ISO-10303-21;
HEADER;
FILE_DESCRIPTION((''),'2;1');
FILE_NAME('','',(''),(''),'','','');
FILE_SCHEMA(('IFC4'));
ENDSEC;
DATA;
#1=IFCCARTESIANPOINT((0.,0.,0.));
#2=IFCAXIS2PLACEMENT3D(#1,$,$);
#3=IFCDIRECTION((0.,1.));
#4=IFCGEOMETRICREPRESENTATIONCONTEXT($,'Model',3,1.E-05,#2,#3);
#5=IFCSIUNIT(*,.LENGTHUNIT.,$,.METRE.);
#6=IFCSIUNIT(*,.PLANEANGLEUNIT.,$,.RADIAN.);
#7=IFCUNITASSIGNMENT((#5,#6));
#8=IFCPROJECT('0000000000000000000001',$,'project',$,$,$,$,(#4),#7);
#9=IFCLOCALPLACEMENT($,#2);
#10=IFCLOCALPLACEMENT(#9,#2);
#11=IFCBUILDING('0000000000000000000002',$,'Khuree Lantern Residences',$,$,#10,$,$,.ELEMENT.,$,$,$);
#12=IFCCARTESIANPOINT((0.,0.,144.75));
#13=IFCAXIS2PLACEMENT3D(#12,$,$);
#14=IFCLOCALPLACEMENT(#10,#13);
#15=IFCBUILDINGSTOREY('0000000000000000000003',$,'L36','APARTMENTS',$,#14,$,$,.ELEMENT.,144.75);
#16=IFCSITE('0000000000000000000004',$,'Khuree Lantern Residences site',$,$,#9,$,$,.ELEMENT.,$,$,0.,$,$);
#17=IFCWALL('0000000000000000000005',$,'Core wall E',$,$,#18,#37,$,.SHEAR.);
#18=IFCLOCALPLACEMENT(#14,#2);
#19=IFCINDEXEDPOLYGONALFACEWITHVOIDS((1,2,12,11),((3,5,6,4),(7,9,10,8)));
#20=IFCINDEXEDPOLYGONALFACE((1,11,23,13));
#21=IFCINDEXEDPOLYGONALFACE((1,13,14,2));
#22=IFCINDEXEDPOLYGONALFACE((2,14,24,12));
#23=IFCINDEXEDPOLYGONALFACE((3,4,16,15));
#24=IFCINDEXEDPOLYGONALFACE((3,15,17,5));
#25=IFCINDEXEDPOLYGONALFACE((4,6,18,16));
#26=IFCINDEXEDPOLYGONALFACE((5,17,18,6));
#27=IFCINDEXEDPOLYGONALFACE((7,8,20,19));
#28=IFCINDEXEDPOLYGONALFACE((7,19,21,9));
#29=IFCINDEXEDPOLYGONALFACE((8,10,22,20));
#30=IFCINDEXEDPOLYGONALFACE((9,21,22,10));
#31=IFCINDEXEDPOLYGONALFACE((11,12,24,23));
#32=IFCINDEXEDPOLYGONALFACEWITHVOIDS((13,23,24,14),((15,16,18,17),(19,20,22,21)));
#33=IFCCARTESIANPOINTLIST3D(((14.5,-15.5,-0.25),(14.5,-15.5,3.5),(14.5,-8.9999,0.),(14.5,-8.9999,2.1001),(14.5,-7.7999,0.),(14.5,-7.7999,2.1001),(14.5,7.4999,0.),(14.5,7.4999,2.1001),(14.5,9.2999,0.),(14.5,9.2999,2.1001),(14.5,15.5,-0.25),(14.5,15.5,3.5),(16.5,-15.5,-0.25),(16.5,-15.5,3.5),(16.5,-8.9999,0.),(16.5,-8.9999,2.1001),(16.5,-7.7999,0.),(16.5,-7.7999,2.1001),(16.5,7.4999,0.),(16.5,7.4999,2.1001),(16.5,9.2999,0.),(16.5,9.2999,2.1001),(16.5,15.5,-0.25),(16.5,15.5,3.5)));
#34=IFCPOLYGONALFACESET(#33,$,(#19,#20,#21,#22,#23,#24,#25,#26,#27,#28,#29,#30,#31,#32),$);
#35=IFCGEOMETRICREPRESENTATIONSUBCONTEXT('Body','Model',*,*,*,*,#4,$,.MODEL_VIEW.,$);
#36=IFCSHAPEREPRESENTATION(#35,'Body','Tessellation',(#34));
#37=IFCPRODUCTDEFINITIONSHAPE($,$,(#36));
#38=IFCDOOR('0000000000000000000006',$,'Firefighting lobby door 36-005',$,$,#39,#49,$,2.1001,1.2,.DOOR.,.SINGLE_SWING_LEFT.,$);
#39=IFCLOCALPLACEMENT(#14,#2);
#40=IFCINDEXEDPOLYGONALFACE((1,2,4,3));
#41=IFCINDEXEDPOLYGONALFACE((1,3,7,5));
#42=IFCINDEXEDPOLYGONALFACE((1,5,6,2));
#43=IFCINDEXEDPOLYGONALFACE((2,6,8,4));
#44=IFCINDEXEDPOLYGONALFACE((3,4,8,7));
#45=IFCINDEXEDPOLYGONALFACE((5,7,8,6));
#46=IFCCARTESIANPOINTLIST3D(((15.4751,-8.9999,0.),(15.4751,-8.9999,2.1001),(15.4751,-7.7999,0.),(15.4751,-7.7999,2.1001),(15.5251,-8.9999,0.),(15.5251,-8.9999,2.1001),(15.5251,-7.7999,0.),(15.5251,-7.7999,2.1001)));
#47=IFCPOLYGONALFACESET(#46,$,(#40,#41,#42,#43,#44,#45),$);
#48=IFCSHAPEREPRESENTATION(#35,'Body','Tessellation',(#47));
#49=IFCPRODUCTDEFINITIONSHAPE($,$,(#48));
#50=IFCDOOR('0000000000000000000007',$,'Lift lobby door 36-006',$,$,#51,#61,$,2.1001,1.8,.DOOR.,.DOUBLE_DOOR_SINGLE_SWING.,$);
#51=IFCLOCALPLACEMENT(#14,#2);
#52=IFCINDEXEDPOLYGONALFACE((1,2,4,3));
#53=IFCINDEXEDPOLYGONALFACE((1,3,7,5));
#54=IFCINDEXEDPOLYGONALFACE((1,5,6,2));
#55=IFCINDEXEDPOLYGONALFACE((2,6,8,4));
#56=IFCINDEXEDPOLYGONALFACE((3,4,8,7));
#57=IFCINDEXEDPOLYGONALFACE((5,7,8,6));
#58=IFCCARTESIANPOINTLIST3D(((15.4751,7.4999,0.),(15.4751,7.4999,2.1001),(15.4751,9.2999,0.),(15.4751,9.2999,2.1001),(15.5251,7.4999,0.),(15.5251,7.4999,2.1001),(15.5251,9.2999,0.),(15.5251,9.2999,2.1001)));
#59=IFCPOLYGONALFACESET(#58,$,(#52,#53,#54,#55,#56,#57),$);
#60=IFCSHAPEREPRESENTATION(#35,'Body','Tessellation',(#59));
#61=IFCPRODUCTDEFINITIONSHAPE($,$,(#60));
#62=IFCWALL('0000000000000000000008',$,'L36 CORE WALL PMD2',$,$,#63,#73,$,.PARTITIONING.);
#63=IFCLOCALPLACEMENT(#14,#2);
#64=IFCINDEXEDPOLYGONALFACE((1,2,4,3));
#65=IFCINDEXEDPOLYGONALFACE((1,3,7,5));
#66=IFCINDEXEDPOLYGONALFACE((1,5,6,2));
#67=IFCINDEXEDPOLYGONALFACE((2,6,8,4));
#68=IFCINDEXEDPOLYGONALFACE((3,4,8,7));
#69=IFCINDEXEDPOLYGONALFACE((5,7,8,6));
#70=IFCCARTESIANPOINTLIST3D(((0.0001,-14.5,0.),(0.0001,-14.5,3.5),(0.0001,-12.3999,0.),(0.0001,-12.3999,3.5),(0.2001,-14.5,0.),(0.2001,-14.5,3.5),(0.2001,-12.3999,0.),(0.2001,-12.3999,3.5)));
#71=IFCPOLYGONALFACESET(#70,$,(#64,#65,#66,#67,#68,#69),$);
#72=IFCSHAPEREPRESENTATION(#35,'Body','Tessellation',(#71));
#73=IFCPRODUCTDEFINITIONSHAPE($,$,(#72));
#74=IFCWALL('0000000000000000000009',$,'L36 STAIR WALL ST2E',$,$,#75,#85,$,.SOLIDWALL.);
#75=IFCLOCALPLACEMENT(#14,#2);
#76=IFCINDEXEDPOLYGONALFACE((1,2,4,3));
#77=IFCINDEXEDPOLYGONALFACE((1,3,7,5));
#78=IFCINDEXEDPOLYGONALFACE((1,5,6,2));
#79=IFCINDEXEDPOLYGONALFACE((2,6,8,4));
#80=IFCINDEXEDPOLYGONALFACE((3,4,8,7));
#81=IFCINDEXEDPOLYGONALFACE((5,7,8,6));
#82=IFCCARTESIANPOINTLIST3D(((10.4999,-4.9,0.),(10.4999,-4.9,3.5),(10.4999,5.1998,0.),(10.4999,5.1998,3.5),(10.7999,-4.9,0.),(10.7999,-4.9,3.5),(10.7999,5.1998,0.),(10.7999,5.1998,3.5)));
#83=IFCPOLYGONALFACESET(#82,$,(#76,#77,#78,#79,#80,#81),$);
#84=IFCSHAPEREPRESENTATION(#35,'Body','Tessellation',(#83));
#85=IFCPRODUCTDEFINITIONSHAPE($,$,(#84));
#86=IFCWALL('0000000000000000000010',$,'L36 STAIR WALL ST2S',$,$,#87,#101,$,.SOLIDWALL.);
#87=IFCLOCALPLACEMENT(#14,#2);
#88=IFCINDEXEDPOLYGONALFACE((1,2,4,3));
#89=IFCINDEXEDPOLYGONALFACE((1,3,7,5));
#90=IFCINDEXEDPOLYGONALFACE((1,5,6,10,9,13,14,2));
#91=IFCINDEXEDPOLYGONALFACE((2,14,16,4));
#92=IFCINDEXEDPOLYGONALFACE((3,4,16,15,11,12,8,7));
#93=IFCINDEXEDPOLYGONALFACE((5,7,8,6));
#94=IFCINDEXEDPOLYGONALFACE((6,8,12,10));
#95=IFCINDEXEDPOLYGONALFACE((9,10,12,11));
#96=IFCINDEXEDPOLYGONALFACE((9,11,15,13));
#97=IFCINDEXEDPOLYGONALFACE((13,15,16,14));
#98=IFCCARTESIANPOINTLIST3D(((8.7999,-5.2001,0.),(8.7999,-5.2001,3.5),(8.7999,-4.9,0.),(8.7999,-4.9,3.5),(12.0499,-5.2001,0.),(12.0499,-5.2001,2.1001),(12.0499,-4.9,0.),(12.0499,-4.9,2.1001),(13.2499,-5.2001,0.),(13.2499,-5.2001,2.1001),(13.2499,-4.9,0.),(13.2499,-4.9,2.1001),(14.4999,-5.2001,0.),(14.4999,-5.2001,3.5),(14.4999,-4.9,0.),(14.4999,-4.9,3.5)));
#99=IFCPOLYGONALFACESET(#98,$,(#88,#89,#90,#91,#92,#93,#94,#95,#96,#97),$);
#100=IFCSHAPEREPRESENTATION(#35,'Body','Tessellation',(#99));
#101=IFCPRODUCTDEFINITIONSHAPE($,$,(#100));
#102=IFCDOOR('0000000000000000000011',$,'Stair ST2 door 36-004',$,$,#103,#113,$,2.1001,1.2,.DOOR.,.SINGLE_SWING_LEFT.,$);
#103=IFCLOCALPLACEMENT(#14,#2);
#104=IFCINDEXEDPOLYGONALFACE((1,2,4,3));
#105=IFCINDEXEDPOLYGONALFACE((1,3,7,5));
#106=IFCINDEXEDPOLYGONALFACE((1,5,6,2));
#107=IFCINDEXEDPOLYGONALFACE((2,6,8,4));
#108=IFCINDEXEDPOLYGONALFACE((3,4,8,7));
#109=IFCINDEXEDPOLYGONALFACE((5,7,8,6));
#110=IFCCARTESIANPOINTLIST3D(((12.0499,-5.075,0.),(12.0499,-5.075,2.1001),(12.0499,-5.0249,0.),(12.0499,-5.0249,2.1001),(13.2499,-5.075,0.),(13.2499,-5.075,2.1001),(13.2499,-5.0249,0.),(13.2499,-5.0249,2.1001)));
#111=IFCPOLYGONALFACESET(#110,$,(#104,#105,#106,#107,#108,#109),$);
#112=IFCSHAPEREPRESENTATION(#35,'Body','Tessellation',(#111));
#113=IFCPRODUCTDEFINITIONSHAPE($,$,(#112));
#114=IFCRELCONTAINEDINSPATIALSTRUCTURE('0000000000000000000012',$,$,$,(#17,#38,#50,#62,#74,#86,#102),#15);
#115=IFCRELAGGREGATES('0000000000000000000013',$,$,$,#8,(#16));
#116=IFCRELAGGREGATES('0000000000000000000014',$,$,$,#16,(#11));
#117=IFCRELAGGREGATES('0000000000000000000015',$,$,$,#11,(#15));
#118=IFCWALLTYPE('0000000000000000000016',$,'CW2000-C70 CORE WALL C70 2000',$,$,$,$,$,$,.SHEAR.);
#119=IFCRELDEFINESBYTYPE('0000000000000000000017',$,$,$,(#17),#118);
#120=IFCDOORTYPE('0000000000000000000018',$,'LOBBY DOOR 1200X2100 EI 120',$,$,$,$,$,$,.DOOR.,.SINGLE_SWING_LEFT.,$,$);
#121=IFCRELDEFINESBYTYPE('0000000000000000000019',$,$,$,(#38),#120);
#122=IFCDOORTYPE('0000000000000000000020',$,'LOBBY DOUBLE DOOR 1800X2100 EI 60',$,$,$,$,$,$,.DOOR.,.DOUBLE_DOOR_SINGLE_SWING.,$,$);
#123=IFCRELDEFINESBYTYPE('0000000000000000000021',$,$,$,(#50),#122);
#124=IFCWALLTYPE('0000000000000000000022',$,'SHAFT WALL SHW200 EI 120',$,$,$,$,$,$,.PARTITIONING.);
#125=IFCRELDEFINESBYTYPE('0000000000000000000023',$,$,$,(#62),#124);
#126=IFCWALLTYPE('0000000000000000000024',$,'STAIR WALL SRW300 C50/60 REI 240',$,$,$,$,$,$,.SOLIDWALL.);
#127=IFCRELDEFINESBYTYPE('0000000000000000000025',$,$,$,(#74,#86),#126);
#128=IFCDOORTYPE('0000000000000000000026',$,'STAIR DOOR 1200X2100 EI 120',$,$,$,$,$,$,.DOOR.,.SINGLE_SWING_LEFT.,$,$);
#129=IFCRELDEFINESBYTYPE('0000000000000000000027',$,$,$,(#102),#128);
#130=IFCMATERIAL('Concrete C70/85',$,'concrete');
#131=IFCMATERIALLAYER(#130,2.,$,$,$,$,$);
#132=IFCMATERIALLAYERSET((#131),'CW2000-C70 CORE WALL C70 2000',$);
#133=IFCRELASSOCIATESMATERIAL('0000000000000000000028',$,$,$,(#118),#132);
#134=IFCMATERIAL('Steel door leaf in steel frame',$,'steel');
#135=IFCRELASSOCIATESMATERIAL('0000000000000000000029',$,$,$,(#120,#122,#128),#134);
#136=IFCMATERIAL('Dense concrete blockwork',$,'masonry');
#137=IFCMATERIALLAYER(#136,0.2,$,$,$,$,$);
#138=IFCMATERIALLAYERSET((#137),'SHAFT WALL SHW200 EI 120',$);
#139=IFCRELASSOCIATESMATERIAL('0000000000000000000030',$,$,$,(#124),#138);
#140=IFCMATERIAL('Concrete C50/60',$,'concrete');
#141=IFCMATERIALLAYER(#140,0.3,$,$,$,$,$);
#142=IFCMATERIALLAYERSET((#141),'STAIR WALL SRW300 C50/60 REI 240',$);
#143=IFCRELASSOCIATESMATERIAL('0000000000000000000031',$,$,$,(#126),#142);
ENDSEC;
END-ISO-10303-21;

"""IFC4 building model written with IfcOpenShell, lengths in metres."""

from ifc_helpers import new_model, si_unit, direction, frame, frame_2d, origin, place, context, subcontext, project, spatial, rectangle, extrude, material, layer, layer_set, type_object, element, fill, save


model = new_model("IFC4")

# Units and contexts
model_context = context("Model", 3, precision=1e-05, world=origin(), true_north=direction((0.0, 1.0)))
body_context = subcontext(model_context, "Body", "Model", "MODEL_VIEW")
ifc_project = project(units=[si_unit("LENGTHUNIT", "METRE"), si_unit("PLANEANGLEUNIT", "RADIAN")], contexts=[model_context])

# Site, building, storey
site_placement = place(None, origin())
site = spatial("IfcSite", under=ifc_project, at=site_placement, Name="Khuree Lantern Residences site", CompositionType="ELEMENT", RefElevation=0.0)
building_placement = place(site_placement, origin())
building = spatial("IfcBuilding", under=site, at=building_placement, Name="Khuree Lantern Residences", CompositionType="ELEMENT")
storey_placement = place(building_placement, frame((0.0, 0.0, 144.75)))
storey = spatial("IfcBuildingStorey", under=building, at=storey_placement, Name="L36", Description="APARTMENTS", CompositionType="ELEMENT", Elevation=144.75)

# Shared definitions
ifc_material_1 = material(Name="Dense concrete blockwork", Category="masonry")

# Wall, openings, doors
ifc_material_2 = material(Name="Concrete C70/85", Category="concrete")
ifc_layer_1 = layer(ifc_material_2, 2.0)
ifc_layer_set_1 = layer_set([ifc_layer_1], Name="CW2000-C70 CORE WALL C70 2000")
wall_type_1 = type_object("IfcWallType", Name="CW2000-C70 CORE WALL C70 2000", PredefinedType="SHEAR", material=ifc_layer_set_1)
wall_1_placement = place(storey_placement, frame((15.5, -15.5, -0.25), z_axis=(0.0, 0.0, 1.0), x_axis=(0.0, 1.0, 0.0)))
wall_1 = element("IfcWall", 1, at=wall_1_placement, inside=storey, type_object=wall_type_1, Name="Core wall E", PredefinedType="SHEAR", context=body_context, shape_type="SweptSolid", body=[
    extrude(rectangle(XDim=31.0, YDim=2.0, at=frame_2d((15.5, 0.0))), origin(), (0.0, 0.0, 1.0), 3.75),
])
opening_1_placement = place(wall_1_placement, frame((6.5, 0.0, 0.25)))
opening_1 = element("IfcOpeningElement", 2, at=opening_1_placement, cuts=wall_1, PredefinedType="OPENING", context=body_context, shape_type="SweptSolid", body=[
    extrude(rectangle(XDim=1.2, YDim=2.1001, at=frame_2d((0.6001, 1.05))), frame((0.0, 1.01, 0.0), z_axis=(0.0, -1.0, 0.0), x_axis=(1.0, 0.0, 0.0)), (0.0, 0.0, 1.0), 2.02),
])
opening_2_placement = place(wall_1_placement, frame((23.0, 0.0, 0.25)))
opening_2 = element("IfcOpeningElement", 3, at=opening_2_placement, cuts=wall_1, PredefinedType="OPENING", context=body_context, shape_type="SweptSolid", body=[
    extrude(rectangle(XDim=1.8, YDim=2.1001, at=frame_2d((0.8999, 1.05))), frame((0.0, 1.01, 0.0), z_axis=(0.0, -1.0, 0.0), x_axis=(1.0, 0.0, 0.0)), (0.0, 0.0, 1.0), 2.02),
])
ifc_material_3 = material(Name="Steel door leaf in steel frame", Category="steel")
door_type_1 = type_object("IfcDoorType", Name="LOBBY DOOR 1200X2100 EI 120", OperationType="SINGLE_SWING_LEFT", PredefinedType="DOOR", material=ifc_material_3)
door_1_placement = place(opening_1_placement, origin())
door_1 = element("IfcDoor", 4, at=door_1_placement, inside=storey, type_object=door_type_1, Name="Firefighting lobby door 36-005", OperationType="SINGLE_SWING_LEFT", OverallHeight=2.1001, OverallWidth=1.2, PredefinedType="DOOR", context=body_context, shape_type="SweptSolid", body=[
    extrude(rectangle(XDim=1.2, YDim=2.1001, at=frame_2d((0.6001, 1.05))), frame((0.0, 0.0249, 0.0), z_axis=(0.0, -1.0, 0.0), x_axis=(1.0, 0.0, 0.0)), (0.0, 0.0, 1.0), 0.05),
])
fill(opening_1, door_1)
door_type_2 = type_object("IfcDoorType", Name="LOBBY DOUBLE DOOR 1800X2100 EI 60", OperationType="DOUBLE_DOOR_SINGLE_SWING", PredefinedType="DOOR", material=ifc_material_3)
door_2_placement = place(opening_2_placement, origin())
door_2 = element("IfcDoor", 5, at=door_2_placement, inside=storey, type_object=door_type_2, Name="Lift lobby door 36-006", OperationType="DOUBLE_DOOR_SINGLE_SWING", OverallHeight=2.1001, OverallWidth=1.8, PredefinedType="DOOR", context=body_context, shape_type="SweptSolid", body=[
    extrude(rectangle(XDim=1.8, YDim=2.1001, at=frame_2d((0.8999, 1.05))), frame((0.0, 0.0249, 0.0), z_axis=(0.0, -1.0, 0.0), x_axis=(1.0, 0.0, 0.0)), (0.0, 0.0, 1.0), 0.05),
])
fill(opening_2, door_2)

# Walls
ifc_layer_2 = layer(ifc_material_1, 0.2)
ifc_layer_set_2 = layer_set([ifc_layer_2], Name="SHAFT WALL SHW200 EI 120")
wall_type_2 = type_object("IfcWallType", Name="SHAFT WALL SHW200 EI 120", PredefinedType="PARTITIONING", material=ifc_layer_set_2)
wall_2_placement = place(storey_placement, frame((0.1001, -14.5, 0.0), z_axis=(0.0, 0.0, 1.0), x_axis=(0.0, 1.0, 0.0)))
element("IfcWall", 6, at=wall_2_placement, inside=storey, type_object=wall_type_2, Name="L36 CORE WALL PMD2", PredefinedType="PARTITIONING", context=body_context, shape_type="SweptSolid", body=[
    extrude(rectangle(XDim=2.1001, YDim=0.2, at=frame_2d((1.05, 0.0))), origin(), (0.0, 0.0, 1.0), 3.5),
])
ifc_material_4 = material(Name="Concrete C50/60", Category="concrete")
ifc_layer_3 = layer(ifc_material_4, 0.3)
ifc_layer_set_3 = layer_set([ifc_layer_3], Name="STAIR WALL SRW300 C50/60 REI 240")
wall_type_3 = type_object("IfcWallType", Name="STAIR WALL SRW300 C50/60 REI 240", PredefinedType="SOLIDWALL", material=ifc_layer_set_3)
wall_3_placement = place(storey_placement, frame((10.6499, -4.8999, 0.0), z_axis=(0.0, 0.0, 1.0), x_axis=(0.0, 1.0, 0.0)))
element("IfcWall", 7, at=wall_3_placement, inside=storey, type_object=wall_type_3, Name="L36 STAIR WALL ST2E", PredefinedType="SOLIDWALL", context=body_context, shape_type="SweptSolid", body=[
    extrude(rectangle(XDim=10.0999, YDim=0.3, at=frame_2d((5.0498, 0.0))), origin(), (0.0, 0.0, 1.0), 3.5),
])

# Wall, opening, door
wall_4_placement = place(storey_placement, frame((14.5, -5.05, 0.0), z_axis=(0.0, 0.0, 1.0), x_axis=(-1.0, 0.0, 0.0)))
wall_4 = element("IfcWall", 8, at=wall_4_placement, inside=storey, type_object=wall_type_3, Name="L36 STAIR WALL ST2S", PredefinedType="SOLIDWALL", context=body_context, shape_type="SweptSolid", body=[
    extrude(rectangle(XDim=5.7, YDim=0.3, at=frame_2d((2.8501, 0.0))), origin(), (0.0, 0.0, 1.0), 3.5),
])
opening_3_placement = place(wall_4_placement, frame((1.25, 0.0, 0.0)))
opening_3 = element("IfcOpeningElement", 9, at=opening_3_placement, cuts=wall_4, PredefinedType="OPENING", context=body_context, shape_type="SweptSolid", body=[
    extrude(rectangle(XDim=1.2, YDim=2.1001, at=frame_2d((0.6001, 1.05))), frame((0.0, 0.1602, 0.0), z_axis=(0.0, -1.0, 0.0), x_axis=(1.0, 0.0, 0.0)), (0.0, 0.0, 1.0), 0.3201),
])
door_type_3 = type_object("IfcDoorType", Name="STAIR DOOR 1200X2100 EI 120", OperationType="SINGLE_SWING_LEFT", PredefinedType="DOOR", material=ifc_material_3)
door_3_placement = place(opening_3_placement, origin())
door_3 = element("IfcDoor", 10, at=door_3_placement, inside=storey, type_object=door_type_3, Name="Stair ST2 door 36-004", OperationType="SINGLE_SWING_LEFT", OverallHeight=2.1001, OverallWidth=1.2, PredefinedType="DOOR", context=body_context, shape_type="SweptSolid", body=[
    extrude(rectangle(XDim=1.2, YDim=2.1001, at=frame_2d((0.6001, 1.05))), frame((0.0, 0.0249, 0.0), z_axis=(0.0, -1.0, 0.0), x_axis=(1.0, 0.0, 0.0)), (0.0, 0.0, 1.0), 0.05),
])
fill(opening_3, door_3)

save(model, "model.ifc")
